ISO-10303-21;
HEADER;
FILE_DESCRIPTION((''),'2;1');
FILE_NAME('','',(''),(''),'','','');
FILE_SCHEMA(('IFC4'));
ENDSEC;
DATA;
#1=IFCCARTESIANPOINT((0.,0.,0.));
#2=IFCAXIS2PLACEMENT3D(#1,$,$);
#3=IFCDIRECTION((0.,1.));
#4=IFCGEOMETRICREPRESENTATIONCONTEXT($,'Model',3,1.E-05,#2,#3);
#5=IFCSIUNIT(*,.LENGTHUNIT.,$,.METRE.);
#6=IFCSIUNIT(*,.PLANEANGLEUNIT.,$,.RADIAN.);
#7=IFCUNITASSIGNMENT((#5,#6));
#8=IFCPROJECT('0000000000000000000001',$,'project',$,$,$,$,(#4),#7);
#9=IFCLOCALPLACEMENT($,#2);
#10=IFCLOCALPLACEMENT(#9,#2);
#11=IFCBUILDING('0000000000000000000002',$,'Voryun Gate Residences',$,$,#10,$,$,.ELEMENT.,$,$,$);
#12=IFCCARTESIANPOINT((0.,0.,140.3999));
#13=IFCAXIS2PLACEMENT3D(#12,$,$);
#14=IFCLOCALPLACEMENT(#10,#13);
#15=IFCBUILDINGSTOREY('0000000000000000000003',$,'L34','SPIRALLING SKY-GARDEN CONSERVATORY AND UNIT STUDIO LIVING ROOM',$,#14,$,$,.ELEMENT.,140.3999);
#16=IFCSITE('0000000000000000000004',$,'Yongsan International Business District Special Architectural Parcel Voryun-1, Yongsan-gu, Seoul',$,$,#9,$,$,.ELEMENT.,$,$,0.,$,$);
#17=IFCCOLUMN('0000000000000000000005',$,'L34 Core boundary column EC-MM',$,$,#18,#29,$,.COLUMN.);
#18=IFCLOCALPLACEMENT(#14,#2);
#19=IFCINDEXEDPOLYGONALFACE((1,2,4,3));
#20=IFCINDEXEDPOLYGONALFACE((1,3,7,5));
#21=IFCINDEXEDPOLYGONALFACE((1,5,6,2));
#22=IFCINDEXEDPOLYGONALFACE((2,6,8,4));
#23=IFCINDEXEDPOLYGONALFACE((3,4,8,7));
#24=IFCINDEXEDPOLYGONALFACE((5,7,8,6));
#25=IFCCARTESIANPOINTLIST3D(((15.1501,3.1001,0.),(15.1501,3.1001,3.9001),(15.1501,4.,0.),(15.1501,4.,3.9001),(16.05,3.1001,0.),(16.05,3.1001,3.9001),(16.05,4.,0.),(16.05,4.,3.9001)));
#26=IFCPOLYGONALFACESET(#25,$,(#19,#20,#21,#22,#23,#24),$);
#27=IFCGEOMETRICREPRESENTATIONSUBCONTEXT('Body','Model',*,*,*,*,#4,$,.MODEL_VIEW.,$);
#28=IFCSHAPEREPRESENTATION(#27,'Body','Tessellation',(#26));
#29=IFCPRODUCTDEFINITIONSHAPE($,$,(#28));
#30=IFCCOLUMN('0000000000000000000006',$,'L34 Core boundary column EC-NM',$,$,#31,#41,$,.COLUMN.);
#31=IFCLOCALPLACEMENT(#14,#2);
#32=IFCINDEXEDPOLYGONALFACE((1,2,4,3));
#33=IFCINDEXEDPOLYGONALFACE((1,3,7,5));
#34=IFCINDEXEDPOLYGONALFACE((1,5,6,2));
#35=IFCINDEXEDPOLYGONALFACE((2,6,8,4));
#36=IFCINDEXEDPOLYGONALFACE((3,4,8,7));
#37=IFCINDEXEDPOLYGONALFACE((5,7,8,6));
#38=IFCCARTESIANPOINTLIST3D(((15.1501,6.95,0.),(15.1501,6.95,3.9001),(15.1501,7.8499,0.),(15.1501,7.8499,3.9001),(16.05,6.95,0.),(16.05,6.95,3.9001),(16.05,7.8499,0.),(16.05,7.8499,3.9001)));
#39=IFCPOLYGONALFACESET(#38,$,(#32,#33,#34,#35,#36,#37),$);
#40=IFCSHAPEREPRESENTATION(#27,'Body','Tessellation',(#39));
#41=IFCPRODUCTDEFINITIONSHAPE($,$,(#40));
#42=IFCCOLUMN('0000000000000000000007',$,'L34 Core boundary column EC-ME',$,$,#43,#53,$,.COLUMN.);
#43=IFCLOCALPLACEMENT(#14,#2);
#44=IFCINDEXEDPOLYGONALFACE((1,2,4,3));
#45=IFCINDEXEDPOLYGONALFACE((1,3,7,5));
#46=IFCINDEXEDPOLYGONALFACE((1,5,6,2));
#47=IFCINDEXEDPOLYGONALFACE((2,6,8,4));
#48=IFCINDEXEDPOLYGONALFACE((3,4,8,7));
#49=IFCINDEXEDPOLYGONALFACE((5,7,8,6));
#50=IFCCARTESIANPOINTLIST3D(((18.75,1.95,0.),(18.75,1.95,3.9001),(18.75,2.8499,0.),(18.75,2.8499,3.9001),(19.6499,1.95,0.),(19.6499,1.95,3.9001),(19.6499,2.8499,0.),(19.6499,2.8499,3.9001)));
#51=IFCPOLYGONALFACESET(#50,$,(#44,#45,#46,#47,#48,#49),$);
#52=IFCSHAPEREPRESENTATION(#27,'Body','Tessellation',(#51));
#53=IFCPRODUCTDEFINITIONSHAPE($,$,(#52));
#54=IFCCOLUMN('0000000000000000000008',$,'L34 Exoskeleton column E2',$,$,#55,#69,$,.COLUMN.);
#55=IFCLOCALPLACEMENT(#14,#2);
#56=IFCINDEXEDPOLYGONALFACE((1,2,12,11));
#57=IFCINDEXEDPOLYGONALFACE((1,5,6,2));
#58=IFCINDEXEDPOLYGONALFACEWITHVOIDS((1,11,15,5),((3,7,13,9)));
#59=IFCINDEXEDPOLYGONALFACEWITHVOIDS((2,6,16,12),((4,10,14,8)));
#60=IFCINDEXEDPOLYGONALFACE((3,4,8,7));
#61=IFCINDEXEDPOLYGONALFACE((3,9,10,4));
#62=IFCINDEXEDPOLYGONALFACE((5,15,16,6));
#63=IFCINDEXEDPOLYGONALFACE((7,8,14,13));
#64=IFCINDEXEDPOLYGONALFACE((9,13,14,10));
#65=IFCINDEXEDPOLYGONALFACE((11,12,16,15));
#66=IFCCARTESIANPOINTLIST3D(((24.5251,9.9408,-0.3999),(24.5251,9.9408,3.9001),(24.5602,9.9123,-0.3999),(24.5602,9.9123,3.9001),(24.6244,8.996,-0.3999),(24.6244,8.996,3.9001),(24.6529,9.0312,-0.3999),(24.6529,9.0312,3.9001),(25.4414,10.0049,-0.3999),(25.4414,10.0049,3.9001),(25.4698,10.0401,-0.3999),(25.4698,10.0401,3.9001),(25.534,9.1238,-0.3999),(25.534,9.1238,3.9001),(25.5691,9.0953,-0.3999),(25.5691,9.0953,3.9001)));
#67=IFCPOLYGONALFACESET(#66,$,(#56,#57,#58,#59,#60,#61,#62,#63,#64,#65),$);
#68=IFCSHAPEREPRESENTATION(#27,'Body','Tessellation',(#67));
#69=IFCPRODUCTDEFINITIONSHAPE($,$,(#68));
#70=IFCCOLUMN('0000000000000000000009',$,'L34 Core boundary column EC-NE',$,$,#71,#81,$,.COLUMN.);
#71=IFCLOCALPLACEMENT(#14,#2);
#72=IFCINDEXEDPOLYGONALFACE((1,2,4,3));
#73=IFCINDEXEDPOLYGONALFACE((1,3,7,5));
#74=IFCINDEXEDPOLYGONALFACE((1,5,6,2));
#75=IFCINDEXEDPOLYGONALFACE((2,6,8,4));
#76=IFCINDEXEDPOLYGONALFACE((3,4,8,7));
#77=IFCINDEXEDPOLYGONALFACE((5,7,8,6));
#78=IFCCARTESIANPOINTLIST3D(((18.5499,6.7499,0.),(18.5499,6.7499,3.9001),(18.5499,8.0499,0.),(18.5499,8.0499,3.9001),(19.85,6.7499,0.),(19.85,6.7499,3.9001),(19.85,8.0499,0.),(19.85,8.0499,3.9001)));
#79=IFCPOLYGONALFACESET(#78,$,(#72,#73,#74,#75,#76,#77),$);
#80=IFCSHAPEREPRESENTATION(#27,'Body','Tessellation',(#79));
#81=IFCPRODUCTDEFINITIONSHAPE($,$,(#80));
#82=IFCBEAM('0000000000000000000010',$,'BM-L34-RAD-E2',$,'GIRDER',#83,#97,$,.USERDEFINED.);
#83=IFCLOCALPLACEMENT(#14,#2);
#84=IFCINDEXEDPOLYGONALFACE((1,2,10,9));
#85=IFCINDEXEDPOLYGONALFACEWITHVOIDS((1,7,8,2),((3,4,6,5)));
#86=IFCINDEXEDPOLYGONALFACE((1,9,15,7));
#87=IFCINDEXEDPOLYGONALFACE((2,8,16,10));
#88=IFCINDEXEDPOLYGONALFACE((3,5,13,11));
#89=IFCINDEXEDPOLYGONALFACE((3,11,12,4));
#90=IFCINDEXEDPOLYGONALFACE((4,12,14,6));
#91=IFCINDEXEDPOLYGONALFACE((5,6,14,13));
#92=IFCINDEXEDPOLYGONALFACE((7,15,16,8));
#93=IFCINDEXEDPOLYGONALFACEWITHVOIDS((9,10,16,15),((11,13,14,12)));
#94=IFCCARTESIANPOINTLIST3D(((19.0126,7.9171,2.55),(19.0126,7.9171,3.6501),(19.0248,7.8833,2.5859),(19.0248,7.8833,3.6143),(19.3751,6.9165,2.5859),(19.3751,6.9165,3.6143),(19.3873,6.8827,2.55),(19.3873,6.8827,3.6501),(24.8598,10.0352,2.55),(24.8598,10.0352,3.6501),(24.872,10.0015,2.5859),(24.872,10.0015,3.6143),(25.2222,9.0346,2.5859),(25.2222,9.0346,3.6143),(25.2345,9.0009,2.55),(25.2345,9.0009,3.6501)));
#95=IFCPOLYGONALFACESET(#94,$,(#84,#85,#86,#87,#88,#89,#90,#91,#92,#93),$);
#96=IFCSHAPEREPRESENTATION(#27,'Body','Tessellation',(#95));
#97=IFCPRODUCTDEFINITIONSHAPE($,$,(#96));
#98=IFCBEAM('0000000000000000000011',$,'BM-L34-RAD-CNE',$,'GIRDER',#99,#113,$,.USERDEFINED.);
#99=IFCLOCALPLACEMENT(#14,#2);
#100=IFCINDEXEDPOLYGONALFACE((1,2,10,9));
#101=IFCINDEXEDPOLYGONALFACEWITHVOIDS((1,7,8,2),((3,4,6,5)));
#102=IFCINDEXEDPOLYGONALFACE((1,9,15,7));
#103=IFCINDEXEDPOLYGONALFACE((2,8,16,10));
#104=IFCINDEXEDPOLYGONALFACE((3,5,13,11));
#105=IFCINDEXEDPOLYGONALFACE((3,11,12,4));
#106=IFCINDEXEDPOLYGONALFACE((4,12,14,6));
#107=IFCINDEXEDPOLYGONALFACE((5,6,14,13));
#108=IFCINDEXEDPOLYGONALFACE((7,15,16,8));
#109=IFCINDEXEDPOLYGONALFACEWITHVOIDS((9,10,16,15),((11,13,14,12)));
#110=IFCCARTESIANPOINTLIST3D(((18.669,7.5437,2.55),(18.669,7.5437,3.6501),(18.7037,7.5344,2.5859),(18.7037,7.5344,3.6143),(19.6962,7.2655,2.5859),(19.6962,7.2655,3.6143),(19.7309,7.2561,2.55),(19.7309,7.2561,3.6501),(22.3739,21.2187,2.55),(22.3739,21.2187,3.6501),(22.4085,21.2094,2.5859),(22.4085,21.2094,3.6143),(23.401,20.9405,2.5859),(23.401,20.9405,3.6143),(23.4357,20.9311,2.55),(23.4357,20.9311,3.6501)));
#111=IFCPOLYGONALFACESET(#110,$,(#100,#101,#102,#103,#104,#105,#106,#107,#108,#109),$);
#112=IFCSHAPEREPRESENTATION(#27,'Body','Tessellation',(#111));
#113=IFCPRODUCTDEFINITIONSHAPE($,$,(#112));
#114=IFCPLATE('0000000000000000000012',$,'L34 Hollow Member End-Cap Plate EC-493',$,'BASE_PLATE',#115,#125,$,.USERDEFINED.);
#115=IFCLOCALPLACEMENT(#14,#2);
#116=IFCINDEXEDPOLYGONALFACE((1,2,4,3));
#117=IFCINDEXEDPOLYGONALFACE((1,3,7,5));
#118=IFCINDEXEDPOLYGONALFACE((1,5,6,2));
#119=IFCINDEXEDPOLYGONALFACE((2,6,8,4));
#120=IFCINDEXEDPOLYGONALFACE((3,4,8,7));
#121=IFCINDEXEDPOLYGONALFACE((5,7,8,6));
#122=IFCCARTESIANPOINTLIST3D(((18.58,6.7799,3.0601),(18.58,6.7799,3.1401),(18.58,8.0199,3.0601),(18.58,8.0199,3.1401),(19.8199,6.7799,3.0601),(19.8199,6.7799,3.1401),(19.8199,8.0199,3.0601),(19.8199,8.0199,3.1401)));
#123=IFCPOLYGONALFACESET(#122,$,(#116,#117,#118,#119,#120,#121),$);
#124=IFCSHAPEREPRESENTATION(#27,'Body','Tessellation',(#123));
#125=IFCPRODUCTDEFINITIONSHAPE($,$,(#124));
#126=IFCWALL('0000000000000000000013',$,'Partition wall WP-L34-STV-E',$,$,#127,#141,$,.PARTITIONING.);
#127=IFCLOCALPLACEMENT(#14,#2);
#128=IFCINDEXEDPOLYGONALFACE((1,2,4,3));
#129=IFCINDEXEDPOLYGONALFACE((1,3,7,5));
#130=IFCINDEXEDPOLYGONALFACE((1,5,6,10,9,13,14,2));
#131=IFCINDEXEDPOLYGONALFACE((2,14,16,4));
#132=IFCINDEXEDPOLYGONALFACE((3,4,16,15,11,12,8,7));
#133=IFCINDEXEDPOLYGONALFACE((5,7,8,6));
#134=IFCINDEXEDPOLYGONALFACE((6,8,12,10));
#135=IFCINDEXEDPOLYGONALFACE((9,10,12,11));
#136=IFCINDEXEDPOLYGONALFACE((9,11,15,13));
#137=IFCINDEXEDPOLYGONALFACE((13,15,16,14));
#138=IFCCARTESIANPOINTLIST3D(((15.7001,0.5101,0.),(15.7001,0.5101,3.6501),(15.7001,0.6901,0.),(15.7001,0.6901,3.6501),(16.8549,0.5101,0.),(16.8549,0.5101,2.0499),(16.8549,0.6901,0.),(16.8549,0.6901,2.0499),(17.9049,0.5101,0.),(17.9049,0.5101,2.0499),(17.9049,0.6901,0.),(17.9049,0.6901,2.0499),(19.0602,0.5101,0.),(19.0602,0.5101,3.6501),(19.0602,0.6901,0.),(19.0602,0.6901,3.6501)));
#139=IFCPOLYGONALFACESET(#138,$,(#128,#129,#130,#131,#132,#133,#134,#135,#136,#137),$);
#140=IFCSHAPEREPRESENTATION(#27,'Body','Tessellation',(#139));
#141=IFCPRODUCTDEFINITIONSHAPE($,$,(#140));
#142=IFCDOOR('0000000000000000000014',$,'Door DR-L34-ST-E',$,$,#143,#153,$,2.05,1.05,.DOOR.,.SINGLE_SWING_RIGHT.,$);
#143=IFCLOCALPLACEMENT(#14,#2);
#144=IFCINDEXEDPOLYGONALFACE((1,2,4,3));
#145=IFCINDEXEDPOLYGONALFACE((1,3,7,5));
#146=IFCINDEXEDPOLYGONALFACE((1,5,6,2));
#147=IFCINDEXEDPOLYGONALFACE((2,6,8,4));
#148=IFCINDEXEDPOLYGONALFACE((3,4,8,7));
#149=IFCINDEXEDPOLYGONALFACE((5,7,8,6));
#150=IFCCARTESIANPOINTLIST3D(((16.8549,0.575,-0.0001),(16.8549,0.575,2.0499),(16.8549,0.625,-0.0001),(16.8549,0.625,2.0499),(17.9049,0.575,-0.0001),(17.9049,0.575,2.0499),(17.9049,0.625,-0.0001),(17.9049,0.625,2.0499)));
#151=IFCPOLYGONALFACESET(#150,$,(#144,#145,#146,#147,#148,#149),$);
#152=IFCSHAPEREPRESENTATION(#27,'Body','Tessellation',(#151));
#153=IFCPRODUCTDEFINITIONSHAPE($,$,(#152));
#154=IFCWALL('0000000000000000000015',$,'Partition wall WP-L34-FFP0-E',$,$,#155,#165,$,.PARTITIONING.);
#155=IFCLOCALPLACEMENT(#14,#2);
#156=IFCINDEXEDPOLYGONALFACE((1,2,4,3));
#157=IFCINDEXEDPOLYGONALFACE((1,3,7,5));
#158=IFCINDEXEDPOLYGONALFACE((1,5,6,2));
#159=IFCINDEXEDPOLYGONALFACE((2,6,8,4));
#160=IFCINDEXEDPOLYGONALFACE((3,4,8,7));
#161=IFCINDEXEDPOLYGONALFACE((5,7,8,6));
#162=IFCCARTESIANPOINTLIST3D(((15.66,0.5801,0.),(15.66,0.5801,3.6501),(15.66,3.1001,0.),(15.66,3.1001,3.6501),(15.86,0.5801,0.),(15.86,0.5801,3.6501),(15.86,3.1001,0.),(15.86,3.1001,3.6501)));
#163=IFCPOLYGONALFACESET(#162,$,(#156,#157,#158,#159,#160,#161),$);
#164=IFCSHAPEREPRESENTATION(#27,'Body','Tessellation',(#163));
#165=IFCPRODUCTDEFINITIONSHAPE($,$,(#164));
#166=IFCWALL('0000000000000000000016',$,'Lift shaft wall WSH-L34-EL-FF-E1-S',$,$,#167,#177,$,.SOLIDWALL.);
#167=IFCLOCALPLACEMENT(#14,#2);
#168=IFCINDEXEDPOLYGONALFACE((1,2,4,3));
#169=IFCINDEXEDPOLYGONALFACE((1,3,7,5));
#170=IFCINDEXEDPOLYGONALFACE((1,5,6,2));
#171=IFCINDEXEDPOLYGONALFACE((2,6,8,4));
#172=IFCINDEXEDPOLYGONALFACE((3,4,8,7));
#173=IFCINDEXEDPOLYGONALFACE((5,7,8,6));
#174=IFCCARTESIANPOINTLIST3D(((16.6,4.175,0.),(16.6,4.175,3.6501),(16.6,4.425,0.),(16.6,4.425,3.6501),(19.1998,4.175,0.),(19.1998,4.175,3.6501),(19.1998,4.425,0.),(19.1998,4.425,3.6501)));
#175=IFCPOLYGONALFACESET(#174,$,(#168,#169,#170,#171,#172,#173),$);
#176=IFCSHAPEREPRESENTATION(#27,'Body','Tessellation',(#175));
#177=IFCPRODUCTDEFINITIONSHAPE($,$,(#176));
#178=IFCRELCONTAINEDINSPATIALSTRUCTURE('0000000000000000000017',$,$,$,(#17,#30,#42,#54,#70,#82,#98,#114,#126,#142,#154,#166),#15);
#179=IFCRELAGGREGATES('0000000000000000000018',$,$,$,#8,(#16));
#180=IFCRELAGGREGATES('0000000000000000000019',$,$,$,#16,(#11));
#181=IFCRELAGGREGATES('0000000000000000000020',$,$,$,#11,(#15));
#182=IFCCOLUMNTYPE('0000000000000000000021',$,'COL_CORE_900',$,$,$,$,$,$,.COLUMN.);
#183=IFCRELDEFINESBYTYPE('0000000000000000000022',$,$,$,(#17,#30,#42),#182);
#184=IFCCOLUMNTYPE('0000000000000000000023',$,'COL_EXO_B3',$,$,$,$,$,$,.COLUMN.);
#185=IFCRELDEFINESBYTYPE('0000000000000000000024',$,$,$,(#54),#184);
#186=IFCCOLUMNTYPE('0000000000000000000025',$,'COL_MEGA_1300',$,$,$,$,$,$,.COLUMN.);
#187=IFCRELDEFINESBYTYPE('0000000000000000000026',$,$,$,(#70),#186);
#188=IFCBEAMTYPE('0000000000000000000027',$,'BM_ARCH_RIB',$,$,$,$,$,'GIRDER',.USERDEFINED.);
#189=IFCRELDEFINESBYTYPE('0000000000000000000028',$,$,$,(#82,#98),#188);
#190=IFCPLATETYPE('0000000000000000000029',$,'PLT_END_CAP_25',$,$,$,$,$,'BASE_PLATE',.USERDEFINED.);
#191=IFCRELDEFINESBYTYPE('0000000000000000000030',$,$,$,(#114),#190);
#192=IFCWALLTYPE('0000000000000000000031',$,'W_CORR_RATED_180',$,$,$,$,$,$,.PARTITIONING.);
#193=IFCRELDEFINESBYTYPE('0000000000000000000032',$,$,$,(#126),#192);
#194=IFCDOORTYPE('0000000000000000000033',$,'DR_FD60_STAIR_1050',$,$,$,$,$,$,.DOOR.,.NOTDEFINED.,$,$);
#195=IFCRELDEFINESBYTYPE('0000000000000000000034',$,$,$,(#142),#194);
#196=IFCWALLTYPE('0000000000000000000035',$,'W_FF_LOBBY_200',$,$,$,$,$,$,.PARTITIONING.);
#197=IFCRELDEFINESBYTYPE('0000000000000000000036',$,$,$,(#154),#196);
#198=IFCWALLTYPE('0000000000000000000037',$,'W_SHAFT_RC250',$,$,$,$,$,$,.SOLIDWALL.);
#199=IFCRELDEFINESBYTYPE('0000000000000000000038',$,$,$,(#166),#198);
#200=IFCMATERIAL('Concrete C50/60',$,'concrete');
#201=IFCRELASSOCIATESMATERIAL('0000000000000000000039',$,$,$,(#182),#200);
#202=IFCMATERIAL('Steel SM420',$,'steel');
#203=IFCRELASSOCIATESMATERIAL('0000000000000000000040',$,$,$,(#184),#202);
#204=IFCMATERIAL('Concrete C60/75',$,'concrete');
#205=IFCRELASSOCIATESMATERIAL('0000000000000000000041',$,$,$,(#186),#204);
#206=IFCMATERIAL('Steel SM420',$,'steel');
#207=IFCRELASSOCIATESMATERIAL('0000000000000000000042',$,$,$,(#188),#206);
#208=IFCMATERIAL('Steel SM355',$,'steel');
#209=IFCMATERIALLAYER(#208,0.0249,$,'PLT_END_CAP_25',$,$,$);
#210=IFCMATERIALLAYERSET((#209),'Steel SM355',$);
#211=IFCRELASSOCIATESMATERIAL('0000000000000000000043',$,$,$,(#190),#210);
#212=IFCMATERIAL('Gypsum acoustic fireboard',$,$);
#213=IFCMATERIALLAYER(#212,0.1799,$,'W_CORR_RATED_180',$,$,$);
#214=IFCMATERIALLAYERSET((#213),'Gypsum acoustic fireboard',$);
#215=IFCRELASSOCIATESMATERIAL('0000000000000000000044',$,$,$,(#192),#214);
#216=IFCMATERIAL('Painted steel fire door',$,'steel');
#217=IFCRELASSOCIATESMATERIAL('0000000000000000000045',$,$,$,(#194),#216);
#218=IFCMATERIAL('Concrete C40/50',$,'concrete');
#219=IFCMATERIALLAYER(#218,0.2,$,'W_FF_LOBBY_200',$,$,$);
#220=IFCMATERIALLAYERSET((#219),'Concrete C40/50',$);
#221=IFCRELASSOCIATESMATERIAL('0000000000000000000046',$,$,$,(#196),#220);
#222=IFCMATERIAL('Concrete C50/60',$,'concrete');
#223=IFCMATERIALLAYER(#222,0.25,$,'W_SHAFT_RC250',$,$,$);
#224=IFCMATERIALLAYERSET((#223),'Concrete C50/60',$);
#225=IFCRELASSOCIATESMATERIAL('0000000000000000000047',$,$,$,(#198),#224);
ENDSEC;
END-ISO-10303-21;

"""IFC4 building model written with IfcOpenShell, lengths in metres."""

from ifc_helpers import new_model, si_unit, direction, frame, frame_2d, origin, origin_2d, place, context, subcontext, project, spatial, rectangle, hollow_rectangle, extrude, material, layer, layer_set, material_profile, profile_set, type_object, element, fill, save


model = new_model("IFC4")

# Units and contexts
model_context = context("Model", 3, precision=1e-05, world=origin(), true_north=direction((0.0, 1.0)))
body_context = subcontext(model_context, "Body", "Model", "MODEL_VIEW")
ifc_project = project(units=[si_unit("LENGTHUNIT", "METRE"), si_unit("PLANEANGLEUNIT", "RADIAN")], contexts=[model_context])

# Site, building, storey
site_placement = place(None, origin())
site = spatial("IfcSite", under=ifc_project, at=site_placement, Name="Yongsan International Business District Special Architectural Parcel Voryun-1, Yongsan-gu, Seoul", CompositionType="ELEMENT", RefElevation=0.0)
building_placement = place(site_placement, origin())
building = spatial("IfcBuilding", under=site, at=building_placement, Name="Voryun Gate Residences", CompositionType="ELEMENT")
storey_placement = place(building_placement, frame((0.0, 0.0, 140.3999)))
storey = spatial("IfcBuildingStorey", under=building, at=storey_placement, Name="L34", Description="SPIRALLING SKY-GARDEN CONSERVATORY AND UNIT STUDIO LIVING ROOM", CompositionType="ELEMENT", Elevation=140.3999)

# Columns
ifc_material_1 = material(Name="Concrete C50/60", Category="concrete")
ifc_material_profile_1 = material_profile(ifc_material_1, rectangle(XDim=0.8999, YDim=0.8999, at=origin_2d()), Name="RC-900x900")
ifc_profile_set_1 = profile_set([ifc_material_profile_1], Name="Concrete C50/60")
column_type_1 = type_object("IfcColumnType", Name="COL_CORE_900", PredefinedType="COLUMN", material=ifc_profile_set_1)
for number, where, z_axis, x_axis, name in (
    (1, (15.6001, 3.55, 0.0), (0.0, 0.0, 1.0), (1.0, 0.0, 0.0), "L34 Core boundary column EC-MM"),
    (2, (15.6001, 7.3999, 0.0), (0.0, 0.0, 1.0), (1.0, 0.0, 0.0), "L34 Core boundary column EC-NM"),
    (3, (19.2, 2.3999, 0.0), (0.0, 0.0, 1.0), (1.0, 0.0, 0.0), "L34 Core boundary column EC-ME"),
):
    element("IfcColumn", number, at=place(storey_placement, frame(where, z_axis=z_axis, x_axis=x_axis)), inside=storey, type_object=column_type_1, Name=name, PredefinedType="COLUMN", context=body_context, shape_type="SweptSolid", body=[
        extrude(rectangle(XDim=0.8999, YDim=0.8999, at=origin_2d()), origin(), (0.0, 0.0, 1.0), 3.9001),
    ])
ifc_material_2 = material(Name="Steel SM420", Category="steel")
ifc_material_profile_2 = material_profile(ifc_material_2, hollow_rectangle(XDim=0.95, YDim=0.95, WallThickness=0.032, at=origin_2d()), Name="BOX-950x950x32")
ifc_profile_set_2 = profile_set([ifc_material_profile_2], Name="Steel SM420")
column_type_2 = type_object("IfcColumnType", Name="COL_EXO_B3", PredefinedType="COLUMN", material=ifc_profile_set_2)
column_1_placement = place(storey_placement, frame((25.0471, 9.5181, -0.3999), z_axis=(0.0, 0.0, 1.0), x_axis=(0.994522, 0.104528, 0.0)))
element("IfcColumn", 4, at=column_1_placement, inside=storey, type_object=column_type_2, Name="L34 Exoskeleton column E2", PredefinedType="COLUMN", context=body_context, shape_type="SweptSolid", body=[
    extrude(hollow_rectangle(XDim=0.95, YDim=0.95, WallThickness=0.032, at=origin_2d()), origin(), (0.0, 0.0, 1.0), 4.3),
])
ifc_material_3 = material(Name="Concrete C60/75", Category="concrete")
ifc_material_profile_3 = material_profile(ifc_material_3, rectangle(XDim=1.3, YDim=1.3, at=origin_2d()), Name="RC-1300x1300")
ifc_profile_set_3 = profile_set([ifc_material_profile_3], Name="Concrete C60/75")
column_type_3 = type_object("IfcColumnType", Name="COL_MEGA_1300", PredefinedType="COLUMN", material=ifc_profile_set_3)
column_2_placement = place(storey_placement, frame((19.2, 7.3999, 0.0), z_axis=(0.0, 0.0, 1.0), x_axis=(1.0, 0.0, 0.0)))
element("IfcColumn", 5, at=column_2_placement, inside=storey, type_object=column_type_3, Name="L34 Core boundary column EC-NE", PredefinedType="COLUMN", context=body_context, shape_type="SweptSolid", body=[
    extrude(rectangle(XDim=1.3, YDim=1.3, at=origin_2d()), origin(), (0.0, 0.0, 1.0), 3.9001),
])

# Beams
ifc_material_4 = material(Name="Steel SM420", Category="steel")
ifc_material_profile_4 = material_profile(ifc_material_4, hollow_rectangle(XDim=1.1001, YDim=1.1001, WallThickness=0.0359, at=origin_2d()), Name="BOX-1100x1100x36")
ifc_profile_set_4 = profile_set([ifc_material_profile_4], Name="Steel SM420")
beam_type = type_object("IfcBeamType", Name="BM_ARCH_RIB", ElementType="GIRDER", PredefinedType="USERDEFINED", material=ifc_profile_set_4)
beam_1_placement = place(storey_placement, frame((19.2, 7.3999, 3.1001), z_axis=(0.94021, 0.340595, 0.0), x_axis=(-0.340595, 0.94021, 0.0)))
element("IfcBeam", 6, at=beam_1_placement, inside=storey, type_object=beam_type, Name="BM-L34-RAD-E2", ObjectType="GIRDER", PredefinedType="USERDEFINED", context=body_context, shape_type="SweptSolid", body=[
    extrude(hollow_rectangle(XDim=1.1001, YDim=1.1001, WallThickness=0.0359, at=origin_2d()), origin(), (0.0, 0.0, 1.0), 6.219),
])
beam_2_placement = place(storey_placement, frame((19.2, 7.3999, 3.1001), z_axis=(0.261493, 0.965205, 0.0), x_axis=(-0.965205, 0.261493, 0.0)))
element("IfcBeam", 7, at=beam_2_placement, inside=storey, type_object=beam_type, Name="BM-L34-RAD-CNE", ObjectType="GIRDER", PredefinedType="USERDEFINED", context=body_context, shape_type="SweptSolid", body=[
    extrude(hollow_rectangle(XDim=1.1001, YDim=1.1001, WallThickness=0.0359, at=origin_2d()), origin(), (0.0, 0.0, 1.0), 14.168),
])

# Plate
ifc_material_5 = material(Name="Steel SM355", Category="steel")
ifc_layer_1 = layer(ifc_material_5, 0.0249, Name="PLT_END_CAP_25")
ifc_layer_set_1 = layer_set([ifc_layer_1], Name="Steel SM355")
plate_type = type_object("IfcPlateType", Name="PLT_END_CAP_25", ElementType="BASE_PLATE", PredefinedType="USERDEFINED", material=ifc_layer_set_1)
plate_placement = place(storey_placement, frame((19.2, 7.3999, 3.0601), z_axis=(0.0, 0.0, 1.0), x_axis=(1.0, 0.0, 0.0)))
element("IfcPlate", 8, at=plate_placement, inside=storey, type_object=plate_type, Name="L34 Hollow Member End-Cap Plate EC-493", ObjectType="BASE_PLATE", PredefinedType="USERDEFINED", context=body_context, shape_type="SweptSolid", body=[
    extrude(rectangle(XDim=1.24, YDim=1.24, at=origin_2d()), origin(), (0.0, 0.0, 1.0), 0.0801),
])

# Wall, opening, door
ifc_material_6 = material(Name="Gypsum acoustic fireboard")
ifc_layer_2 = layer(ifc_material_6, 0.1799, Name="W_CORR_RATED_180")
ifc_layer_set_2 = layer_set([ifc_layer_2], Name="Gypsum acoustic fireboard")
wall_type_1 = type_object("IfcWallType", Name="W_CORR_RATED_180", PredefinedType="PARTITIONING", material=ifc_layer_set_2)
wall_1_placement = place(storey_placement, frame((15.7, 0.6001, 0.0), z_axis=(0.0, 0.0, 1.0), x_axis=(1.0, 0.0, 0.0)))
wall_1 = element("IfcWall", 9, at=wall_1_placement, inside=storey, type_object=wall_type_1, Name="Partition wall WP-L34-STV-E", PredefinedType="PARTITIONING", context=body_context, shape_type="SweptSolid", body=[
    extrude(rectangle(XDim=3.3601, YDim=0.1799, at=frame_2d((1.6802, 0.0))), origin(), (0.0, 0.0, 1.0), 3.6501),
])
opening_1_placement = place(wall_1_placement, frame((1.155, 0.0, 0.0)))
opening_1 = element("IfcOpeningElement", 10, at=opening_1_placement, cuts=wall_1, PredefinedType="OPENING", context=body_context, shape_type="SweptSolid", body=[
    extrude(rectangle(XDim=1.05, YDim=2.05, at=frame_2d((0.5249, 1.0249))), frame((0.0, 0.0999, 0.0), z_axis=(0.0, -1.0, 0.0), x_axis=(1.0, 0.0, 0.0)), (0.0, 0.0, 1.0), 0.2),
])
ifc_material_7 = material(Name="Painted steel fire door", Category="steel")
door_type_1 = type_object("IfcDoorType", Name="DR_FD60_STAIR_1050", OperationType="NOTDEFINED", PredefinedType="DOOR", material=ifc_material_7)
door_1_placement = place(opening_1_placement, origin())
door_1 = element("IfcDoor", 11, at=door_1_placement, inside=storey, type_object=door_type_1, Name="Door DR-L34-ST-E", OperationType="SINGLE_SWING_RIGHT", OverallHeight=2.05, OverallWidth=1.05, PredefinedType="DOOR", context=body_context, shape_type="SweptSolid", body=[
    extrude(rectangle(XDim=1.05, YDim=2.05, at=frame_2d((0.5249, 1.0249))), frame((0.0, 0.0249, 0.0), z_axis=(0.0, -1.0, 0.0), x_axis=(1.0, 0.0, 0.0)), (0.0, 0.0, 1.0), 0.05),
])
fill(opening_1, door_1)

# Walls
ifc_material_8 = material(Name="Concrete C40/50", Category="concrete")
ifc_layer_3 = layer(ifc_material_8, 0.2, Name="W_FF_LOBBY_200")
ifc_layer_set_3 = layer_set([ifc_layer_3], Name="Concrete C40/50")
wall_type_2 = type_object("IfcWallType", Name="W_FF_LOBBY_200", PredefinedType="PARTITIONING", material=ifc_layer_set_3)
wall_2_placement = place(storey_placement, frame((15.76, 0.5801, 0.0), z_axis=(0.0, 0.0, 1.0), x_axis=(0.0, 1.0, 0.0)))
element("IfcWall", 12, at=wall_2_placement, inside=storey, type_object=wall_type_2, Name="Partition wall WP-L34-FFP0-E", PredefinedType="PARTITIONING", context=body_context, shape_type="SweptSolid", body=[
    extrude(rectangle(XDim=2.52, YDim=0.2, at=frame_2d((1.26, 0.0))), origin(), (0.0, 0.0, 1.0), 3.6501),
])
ifc_material_9 = material(Name="Concrete C50/60", Category="concrete")
ifc_layer_4 = layer(ifc_material_9, 0.25, Name="W_SHAFT_RC250")
ifc_layer_set_4 = layer_set([ifc_layer_4], Name="Concrete C50/60")
wall_type_3 = type_object("IfcWallType", Name="W_SHAFT_RC250", PredefinedType="SOLIDWALL", material=ifc_layer_set_4)
wall_3_placement = place(storey_placement, frame((16.6001, 4.3, 0.0), z_axis=(0.0, 0.0, 1.0), x_axis=(1.0, 0.0, 0.0)))
element("IfcWall", 13, at=wall_3_placement, inside=storey, type_object=wall_type_3, Name="Lift shaft wall WSH-L34-EL-FF-E1-S", PredefinedType="SOLIDWALL", context=body_context, shape_type="SweptSolid", body=[
    extrude(rectangle(XDim=2.5999, YDim=0.25, at=frame_2d((1.2998, 0.0))), origin(), (0.0, 0.0, 1.0), 3.6501),
])

save(model, "model.ifc")
